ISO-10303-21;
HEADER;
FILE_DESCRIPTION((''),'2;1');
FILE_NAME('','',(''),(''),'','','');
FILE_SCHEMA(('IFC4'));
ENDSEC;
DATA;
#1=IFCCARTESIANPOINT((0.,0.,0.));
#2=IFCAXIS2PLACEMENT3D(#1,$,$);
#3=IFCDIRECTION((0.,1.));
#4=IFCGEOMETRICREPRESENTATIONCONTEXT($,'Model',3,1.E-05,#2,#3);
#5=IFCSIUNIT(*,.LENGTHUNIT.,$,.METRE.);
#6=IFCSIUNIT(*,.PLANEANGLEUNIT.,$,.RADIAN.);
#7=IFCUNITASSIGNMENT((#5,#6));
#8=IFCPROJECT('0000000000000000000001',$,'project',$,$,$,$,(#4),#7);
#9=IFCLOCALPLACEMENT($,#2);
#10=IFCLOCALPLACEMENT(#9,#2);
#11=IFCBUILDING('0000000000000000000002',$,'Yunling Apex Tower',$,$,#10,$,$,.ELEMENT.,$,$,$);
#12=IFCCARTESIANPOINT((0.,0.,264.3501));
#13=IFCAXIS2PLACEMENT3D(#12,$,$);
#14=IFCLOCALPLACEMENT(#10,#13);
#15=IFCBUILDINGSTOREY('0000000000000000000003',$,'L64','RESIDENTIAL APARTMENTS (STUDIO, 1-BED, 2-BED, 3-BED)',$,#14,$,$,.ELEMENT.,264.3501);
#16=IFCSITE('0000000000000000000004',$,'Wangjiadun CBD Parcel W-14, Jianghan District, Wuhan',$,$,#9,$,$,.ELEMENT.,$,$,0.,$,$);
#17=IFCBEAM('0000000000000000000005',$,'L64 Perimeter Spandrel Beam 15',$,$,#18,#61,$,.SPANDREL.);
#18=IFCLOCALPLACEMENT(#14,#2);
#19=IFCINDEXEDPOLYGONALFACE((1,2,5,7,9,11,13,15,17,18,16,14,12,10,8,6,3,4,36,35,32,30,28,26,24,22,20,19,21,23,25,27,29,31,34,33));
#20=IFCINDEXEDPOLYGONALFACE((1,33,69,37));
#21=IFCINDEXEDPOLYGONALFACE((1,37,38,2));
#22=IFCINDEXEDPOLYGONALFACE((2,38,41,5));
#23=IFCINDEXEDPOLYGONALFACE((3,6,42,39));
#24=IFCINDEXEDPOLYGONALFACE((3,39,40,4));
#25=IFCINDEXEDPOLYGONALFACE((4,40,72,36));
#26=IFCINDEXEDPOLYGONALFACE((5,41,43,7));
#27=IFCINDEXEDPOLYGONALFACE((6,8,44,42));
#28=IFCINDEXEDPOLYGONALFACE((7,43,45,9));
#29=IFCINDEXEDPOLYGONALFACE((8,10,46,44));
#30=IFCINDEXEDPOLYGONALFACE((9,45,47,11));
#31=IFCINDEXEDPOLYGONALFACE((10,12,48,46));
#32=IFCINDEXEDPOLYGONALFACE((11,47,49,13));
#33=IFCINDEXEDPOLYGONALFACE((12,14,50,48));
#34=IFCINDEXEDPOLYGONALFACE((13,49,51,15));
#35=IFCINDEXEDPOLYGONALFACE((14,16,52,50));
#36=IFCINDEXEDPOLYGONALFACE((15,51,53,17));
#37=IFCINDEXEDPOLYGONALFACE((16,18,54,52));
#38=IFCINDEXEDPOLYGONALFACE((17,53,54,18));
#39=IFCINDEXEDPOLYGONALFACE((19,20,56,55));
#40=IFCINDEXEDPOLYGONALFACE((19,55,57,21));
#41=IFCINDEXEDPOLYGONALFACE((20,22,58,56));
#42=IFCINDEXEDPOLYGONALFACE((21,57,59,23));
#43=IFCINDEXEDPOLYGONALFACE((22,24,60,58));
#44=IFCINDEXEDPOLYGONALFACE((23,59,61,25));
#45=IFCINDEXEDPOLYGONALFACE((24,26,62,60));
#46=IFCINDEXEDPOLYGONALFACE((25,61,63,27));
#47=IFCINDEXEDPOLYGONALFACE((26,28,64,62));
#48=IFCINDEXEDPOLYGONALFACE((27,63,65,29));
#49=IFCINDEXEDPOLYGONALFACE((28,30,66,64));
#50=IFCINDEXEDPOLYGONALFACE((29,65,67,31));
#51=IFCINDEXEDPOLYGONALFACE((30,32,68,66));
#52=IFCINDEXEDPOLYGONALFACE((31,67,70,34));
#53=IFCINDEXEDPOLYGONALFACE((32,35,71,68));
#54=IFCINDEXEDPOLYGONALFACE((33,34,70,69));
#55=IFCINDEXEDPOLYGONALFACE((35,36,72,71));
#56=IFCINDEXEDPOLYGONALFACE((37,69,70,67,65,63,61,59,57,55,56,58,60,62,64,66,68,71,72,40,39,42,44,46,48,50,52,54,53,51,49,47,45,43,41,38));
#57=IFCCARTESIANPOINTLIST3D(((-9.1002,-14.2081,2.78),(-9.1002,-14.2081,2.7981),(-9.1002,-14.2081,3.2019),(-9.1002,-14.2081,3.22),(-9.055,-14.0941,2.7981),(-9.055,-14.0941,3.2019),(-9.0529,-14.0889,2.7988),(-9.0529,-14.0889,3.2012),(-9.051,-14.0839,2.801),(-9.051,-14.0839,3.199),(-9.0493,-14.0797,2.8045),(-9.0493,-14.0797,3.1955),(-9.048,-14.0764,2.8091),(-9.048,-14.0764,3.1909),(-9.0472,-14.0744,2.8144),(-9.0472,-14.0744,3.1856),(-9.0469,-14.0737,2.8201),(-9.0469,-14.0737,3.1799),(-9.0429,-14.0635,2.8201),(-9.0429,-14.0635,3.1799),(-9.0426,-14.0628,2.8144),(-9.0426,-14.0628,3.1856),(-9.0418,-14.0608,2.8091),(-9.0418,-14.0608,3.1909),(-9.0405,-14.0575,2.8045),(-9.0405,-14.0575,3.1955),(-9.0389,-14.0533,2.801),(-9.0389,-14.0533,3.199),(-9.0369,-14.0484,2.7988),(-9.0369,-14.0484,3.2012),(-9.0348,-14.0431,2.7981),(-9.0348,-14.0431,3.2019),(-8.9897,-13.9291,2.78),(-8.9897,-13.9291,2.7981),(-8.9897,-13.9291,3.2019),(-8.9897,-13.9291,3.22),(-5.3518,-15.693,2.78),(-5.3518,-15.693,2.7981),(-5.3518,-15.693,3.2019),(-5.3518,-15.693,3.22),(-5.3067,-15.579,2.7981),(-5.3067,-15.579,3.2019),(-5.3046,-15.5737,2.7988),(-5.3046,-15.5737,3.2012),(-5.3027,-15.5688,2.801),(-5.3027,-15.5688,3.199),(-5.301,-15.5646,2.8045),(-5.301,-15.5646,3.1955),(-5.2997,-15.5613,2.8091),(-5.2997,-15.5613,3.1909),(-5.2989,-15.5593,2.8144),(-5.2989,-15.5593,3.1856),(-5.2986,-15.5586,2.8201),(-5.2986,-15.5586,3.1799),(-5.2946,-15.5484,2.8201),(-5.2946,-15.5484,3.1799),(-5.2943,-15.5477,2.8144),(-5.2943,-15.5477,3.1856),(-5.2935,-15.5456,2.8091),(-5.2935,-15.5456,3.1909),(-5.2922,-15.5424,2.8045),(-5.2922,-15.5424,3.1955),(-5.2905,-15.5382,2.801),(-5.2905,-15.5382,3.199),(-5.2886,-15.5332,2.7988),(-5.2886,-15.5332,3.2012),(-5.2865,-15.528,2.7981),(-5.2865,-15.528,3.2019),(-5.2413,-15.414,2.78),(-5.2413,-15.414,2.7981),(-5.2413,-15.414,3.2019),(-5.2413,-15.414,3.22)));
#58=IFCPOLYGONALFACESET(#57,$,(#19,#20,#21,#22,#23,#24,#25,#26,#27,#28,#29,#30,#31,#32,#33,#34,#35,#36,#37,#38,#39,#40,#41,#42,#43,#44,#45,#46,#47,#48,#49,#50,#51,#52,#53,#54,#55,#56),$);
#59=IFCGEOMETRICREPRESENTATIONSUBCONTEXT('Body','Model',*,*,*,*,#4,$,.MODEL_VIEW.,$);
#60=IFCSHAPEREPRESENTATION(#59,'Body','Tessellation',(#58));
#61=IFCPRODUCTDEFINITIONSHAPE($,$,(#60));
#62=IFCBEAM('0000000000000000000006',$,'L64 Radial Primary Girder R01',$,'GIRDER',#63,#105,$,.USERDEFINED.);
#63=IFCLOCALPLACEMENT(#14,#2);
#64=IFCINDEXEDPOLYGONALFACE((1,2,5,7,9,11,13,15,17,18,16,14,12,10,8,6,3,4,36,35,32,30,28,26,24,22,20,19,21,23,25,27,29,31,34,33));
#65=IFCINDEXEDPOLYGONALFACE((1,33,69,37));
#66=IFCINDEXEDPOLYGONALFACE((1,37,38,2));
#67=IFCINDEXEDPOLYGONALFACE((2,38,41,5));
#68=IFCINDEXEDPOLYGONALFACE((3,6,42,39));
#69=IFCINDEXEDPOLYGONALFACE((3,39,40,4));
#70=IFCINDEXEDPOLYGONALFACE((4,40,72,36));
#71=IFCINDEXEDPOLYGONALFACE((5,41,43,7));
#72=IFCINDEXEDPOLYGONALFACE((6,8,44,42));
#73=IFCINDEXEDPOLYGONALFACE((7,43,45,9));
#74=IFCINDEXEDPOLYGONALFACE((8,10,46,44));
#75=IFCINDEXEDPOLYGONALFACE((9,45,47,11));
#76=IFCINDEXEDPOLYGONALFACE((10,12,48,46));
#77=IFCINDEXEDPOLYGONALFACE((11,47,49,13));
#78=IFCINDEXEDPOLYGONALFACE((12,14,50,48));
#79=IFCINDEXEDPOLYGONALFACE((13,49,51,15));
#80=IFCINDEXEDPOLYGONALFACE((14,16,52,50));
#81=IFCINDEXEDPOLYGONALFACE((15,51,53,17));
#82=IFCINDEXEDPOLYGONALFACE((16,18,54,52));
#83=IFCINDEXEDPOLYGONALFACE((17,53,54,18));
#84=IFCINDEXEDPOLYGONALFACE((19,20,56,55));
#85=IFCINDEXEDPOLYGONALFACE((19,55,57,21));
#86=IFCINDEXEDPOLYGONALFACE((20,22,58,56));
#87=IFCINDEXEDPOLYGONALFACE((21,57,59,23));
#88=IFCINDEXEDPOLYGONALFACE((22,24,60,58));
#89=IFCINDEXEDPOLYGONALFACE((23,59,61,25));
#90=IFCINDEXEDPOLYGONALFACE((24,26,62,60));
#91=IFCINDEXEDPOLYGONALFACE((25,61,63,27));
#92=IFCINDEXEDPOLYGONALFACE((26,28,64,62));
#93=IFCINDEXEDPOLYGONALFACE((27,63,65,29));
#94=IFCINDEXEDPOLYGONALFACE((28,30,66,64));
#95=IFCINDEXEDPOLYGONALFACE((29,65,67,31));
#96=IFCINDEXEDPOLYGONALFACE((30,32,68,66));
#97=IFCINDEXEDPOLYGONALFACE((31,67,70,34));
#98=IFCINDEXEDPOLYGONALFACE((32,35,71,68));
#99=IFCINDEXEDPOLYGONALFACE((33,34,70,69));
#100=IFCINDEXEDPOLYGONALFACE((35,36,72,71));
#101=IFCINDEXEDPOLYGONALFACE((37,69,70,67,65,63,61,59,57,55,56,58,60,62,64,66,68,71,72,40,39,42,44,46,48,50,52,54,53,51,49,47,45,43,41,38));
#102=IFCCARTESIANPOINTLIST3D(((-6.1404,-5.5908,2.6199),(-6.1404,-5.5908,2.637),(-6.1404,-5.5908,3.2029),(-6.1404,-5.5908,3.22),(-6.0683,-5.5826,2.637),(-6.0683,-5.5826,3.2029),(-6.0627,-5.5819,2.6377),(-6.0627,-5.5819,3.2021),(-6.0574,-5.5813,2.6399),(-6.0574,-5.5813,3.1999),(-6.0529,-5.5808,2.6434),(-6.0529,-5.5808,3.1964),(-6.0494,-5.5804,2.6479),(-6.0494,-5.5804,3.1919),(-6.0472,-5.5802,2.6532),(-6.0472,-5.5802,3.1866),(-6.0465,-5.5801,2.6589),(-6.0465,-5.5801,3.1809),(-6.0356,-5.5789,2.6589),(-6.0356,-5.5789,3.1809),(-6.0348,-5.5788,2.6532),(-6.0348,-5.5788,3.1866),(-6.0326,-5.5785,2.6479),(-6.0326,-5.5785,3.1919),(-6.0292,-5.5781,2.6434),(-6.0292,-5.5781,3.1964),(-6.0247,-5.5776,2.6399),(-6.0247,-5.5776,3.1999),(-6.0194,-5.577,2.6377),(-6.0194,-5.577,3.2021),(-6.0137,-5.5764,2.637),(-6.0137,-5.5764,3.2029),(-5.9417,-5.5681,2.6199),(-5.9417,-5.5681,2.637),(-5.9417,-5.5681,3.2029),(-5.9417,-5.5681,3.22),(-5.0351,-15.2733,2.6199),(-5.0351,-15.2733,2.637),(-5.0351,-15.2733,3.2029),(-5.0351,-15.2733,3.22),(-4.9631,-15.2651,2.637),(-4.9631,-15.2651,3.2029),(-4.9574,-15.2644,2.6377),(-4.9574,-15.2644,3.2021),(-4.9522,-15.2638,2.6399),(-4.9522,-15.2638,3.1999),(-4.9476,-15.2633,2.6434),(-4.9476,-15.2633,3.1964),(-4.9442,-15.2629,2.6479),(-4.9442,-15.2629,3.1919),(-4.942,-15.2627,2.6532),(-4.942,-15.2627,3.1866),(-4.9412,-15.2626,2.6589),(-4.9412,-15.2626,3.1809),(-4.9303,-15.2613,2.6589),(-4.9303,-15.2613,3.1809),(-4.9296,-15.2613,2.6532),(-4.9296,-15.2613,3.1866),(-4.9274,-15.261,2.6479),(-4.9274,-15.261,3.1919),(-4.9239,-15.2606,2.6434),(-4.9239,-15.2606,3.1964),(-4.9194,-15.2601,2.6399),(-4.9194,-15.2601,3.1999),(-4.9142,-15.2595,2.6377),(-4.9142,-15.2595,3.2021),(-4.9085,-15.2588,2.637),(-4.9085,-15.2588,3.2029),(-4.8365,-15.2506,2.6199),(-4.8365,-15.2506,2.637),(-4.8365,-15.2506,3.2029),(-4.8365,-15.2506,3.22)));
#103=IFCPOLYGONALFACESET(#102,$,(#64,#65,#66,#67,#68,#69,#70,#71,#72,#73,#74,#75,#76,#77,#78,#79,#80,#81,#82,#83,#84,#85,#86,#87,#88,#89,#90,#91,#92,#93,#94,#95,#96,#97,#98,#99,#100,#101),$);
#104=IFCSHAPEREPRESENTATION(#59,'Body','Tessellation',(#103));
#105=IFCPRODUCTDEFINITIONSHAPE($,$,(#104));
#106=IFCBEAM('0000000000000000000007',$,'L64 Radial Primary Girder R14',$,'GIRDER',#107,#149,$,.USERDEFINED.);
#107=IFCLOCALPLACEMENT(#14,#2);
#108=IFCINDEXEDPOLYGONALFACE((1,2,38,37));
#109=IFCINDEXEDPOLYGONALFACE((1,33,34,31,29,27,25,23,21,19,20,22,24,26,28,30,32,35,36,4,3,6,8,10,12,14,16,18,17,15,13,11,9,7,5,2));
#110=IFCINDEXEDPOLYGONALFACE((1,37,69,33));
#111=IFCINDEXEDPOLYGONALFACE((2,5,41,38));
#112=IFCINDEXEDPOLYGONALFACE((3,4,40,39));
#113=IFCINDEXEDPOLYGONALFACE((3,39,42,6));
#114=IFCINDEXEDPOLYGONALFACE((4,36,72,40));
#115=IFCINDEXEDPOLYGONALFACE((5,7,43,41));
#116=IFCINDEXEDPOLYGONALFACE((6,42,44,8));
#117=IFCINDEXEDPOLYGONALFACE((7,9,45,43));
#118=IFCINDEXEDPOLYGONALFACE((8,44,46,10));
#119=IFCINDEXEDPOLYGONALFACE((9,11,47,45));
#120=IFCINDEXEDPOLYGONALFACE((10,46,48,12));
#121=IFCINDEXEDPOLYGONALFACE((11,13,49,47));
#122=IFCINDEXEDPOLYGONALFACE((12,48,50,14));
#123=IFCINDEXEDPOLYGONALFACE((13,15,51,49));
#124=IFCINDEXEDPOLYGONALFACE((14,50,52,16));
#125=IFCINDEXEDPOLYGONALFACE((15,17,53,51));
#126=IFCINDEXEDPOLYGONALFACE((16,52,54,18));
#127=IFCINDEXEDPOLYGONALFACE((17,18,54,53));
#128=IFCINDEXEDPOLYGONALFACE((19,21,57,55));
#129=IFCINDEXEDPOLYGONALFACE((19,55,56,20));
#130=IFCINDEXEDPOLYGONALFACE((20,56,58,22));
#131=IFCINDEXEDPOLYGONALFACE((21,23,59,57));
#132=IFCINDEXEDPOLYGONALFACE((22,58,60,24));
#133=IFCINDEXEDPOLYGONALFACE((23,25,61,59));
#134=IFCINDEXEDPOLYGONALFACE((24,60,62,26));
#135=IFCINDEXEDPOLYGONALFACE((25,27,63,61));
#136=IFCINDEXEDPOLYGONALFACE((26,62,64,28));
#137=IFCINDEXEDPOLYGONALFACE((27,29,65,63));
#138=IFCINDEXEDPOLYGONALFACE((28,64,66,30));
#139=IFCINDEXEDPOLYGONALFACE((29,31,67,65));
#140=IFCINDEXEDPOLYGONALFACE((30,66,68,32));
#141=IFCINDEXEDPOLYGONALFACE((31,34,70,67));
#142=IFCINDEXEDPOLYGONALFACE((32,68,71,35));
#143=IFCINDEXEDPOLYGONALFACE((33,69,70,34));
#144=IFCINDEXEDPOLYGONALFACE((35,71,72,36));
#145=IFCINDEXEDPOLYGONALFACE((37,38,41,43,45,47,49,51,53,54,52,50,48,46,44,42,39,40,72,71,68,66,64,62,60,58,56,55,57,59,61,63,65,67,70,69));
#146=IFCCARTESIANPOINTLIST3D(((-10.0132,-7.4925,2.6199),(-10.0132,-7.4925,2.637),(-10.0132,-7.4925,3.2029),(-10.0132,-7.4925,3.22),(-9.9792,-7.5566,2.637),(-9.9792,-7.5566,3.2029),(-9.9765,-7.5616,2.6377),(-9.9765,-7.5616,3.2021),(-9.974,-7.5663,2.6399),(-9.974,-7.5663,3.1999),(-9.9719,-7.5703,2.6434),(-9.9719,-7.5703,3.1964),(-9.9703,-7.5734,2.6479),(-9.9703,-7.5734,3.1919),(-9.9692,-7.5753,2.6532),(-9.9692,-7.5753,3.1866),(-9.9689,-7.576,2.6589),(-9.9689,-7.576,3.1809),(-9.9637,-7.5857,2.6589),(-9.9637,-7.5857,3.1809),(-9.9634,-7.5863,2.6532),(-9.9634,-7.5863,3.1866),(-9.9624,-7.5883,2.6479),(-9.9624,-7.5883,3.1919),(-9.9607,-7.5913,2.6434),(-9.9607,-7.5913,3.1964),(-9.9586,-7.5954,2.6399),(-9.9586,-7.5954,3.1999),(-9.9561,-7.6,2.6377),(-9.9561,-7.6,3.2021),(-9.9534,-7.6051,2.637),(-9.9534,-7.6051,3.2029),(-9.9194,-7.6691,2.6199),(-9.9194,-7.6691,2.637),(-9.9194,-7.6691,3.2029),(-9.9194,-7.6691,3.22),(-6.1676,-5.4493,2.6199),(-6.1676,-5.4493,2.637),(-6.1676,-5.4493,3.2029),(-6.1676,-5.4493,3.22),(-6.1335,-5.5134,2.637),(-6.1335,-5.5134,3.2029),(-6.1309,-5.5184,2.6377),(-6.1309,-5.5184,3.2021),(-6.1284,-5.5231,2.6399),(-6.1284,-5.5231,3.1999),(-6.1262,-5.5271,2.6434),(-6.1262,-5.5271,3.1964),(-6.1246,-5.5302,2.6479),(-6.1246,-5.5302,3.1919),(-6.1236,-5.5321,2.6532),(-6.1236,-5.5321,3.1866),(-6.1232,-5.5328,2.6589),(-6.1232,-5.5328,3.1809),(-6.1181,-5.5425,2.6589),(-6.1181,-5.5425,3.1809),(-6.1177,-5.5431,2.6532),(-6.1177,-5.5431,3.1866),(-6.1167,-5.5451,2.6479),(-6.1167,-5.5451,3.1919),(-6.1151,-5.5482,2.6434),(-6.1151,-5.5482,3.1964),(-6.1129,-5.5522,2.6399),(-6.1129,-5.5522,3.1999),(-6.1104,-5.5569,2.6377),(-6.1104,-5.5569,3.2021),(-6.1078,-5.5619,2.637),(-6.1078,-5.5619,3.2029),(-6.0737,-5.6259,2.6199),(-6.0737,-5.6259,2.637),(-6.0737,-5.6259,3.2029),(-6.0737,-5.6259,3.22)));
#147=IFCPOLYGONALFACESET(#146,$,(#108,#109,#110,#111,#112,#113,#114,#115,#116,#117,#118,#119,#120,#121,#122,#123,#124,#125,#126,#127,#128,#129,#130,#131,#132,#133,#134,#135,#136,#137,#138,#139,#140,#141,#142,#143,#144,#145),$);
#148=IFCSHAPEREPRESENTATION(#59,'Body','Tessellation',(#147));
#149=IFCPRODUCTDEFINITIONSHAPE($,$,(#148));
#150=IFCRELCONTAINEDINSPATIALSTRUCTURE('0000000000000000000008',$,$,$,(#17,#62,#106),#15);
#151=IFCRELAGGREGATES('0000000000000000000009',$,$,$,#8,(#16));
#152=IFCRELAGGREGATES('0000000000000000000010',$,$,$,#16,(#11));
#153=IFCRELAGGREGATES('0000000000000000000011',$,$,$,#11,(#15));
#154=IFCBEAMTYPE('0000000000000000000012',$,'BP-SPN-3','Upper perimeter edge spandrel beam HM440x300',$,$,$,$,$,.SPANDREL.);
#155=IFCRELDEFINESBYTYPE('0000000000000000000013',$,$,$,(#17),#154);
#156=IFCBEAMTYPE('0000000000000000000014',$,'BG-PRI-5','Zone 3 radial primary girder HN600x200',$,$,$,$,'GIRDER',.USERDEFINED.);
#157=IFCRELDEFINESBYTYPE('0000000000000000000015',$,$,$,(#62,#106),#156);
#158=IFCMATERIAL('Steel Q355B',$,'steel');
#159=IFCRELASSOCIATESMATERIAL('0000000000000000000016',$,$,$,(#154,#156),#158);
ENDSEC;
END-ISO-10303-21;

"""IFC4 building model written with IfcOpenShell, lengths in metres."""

from ifc_helpers import new_model, si_unit, direction, frame, origin, origin_2d, place, context, subcontext, project, spatial, i_section, extrude, source, transform, mapped, material, material_profile, profile_set, type_object, element, save


model = new_model("IFC4")

# Units and contexts
model_context = context("Model", 3, precision=1e-05, world=origin(), true_north=direction((0.0, 1.0)))
body_context = subcontext(model_context, "Body", "Model", "MODEL_VIEW")
ifc_project = project(units=[si_unit("LENGTHUNIT", "METRE"), si_unit("PLANEANGLEUNIT", "RADIAN")], contexts=[model_context])

# Site, building, storey
site_placement = place(None, origin())
site = spatial("IfcSite", under=ifc_project, at=site_placement, Name="Wangjiadun CBD Parcel W-14, Jianghan District, Wuhan", CompositionType="ELEMENT", RefElevation=0.0)
building_placement = place(site_placement, origin())
building = spatial("IfcBuilding", under=site, at=building_placement, Name="Yunling Apex Tower", CompositionType="ELEMENT")
storey_placement = place(building_placement, frame((0.0, 0.0, 264.3501)))
storey = spatial("IfcBuildingStorey", under=building, at=storey_placement, Name="L64", Description="RESIDENTIAL APARTMENTS (STUDIO, 1-BED, 2-BED, 3-BED)", CompositionType="ELEMENT", Elevation=264.3501)

# Shared definitions
ifc_material_1 = material(Name="Steel Q355B", Category="steel")

# Beams
ifc_material_profile_1 = material_profile(ifc_material_1, i_section(OverallWidth=0.3, OverallDepth=0.4399, WebThickness=0.011, FlangeThickness=0.0181, FilletRadius=0.022, at=origin_2d()))
ifc_profile_set_1 = profile_set([ifc_material_profile_1], Name="Steel Q355B")
beam_type_1 = type_object("IfcBeamType", Name="BP-SPN-3", Description="Upper perimeter edge spandrel beam HM440x300", PredefinedType="SPANDREL", material=ifc_profile_set_1)
shared_shape_1 = source(origin(), body_context, "Body", "SweptSolid", [
    extrude(i_section(OverallWidth=0.3, OverallDepth=0.4399, WebThickness=0.011, FlangeThickness=0.0181, FilletRadius=0.022, at=origin_2d()), origin(), (0.0, 0.0, 1.0), 4.0317),
])
beam_1_placement = place(storey_placement, frame((-9.0449, -14.0686, 3.0), z_axis=(0.929708, -0.368298, 0.0), x_axis=(0.368298, 0.929708, 0.0)))
element("IfcBeam", 1, at=beam_1_placement, inside=storey, type_object=beam_type_1, Name="L64 Perimeter Spandrel Beam 15", PredefinedType="SPANDREL", context=body_context, shape_type="MappedRepresentation", body=[
    mapped(shared_shape_1, transform((0.0, 0.0, 0.0), scale=1.0)),
])
ifc_material_profile_2 = material_profile(ifc_material_1, i_section(OverallWidth=0.2, OverallDepth=0.6001, WebThickness=0.011, FlangeThickness=0.0171, FilletRadius=0.022, at=origin_2d()))
ifc_profile_set_2 = profile_set([ifc_material_profile_2], Name="Steel Q355B")
beam_type_2 = type_object("IfcBeamType", Name="BG-PRI-5", Description="Zone 3 radial primary girder HN600x200", ElementType="GIRDER", PredefinedType="USERDEFINED", material=ifc_profile_set_2)
shared_shape_2 = source(origin(), body_context, "Body", "SweptSolid", [
    extrude(i_section(OverallWidth=0.2, OverallDepth=0.6001, WebThickness=0.011, FlangeThickness=0.0171, FilletRadius=0.022, at=origin_2d()), origin(), (0.0, 0.0, 1.0), 9.7454),
])
beam_2_placement = place(storey_placement, frame((-4.9358, -15.262, 2.9199), z_axis=(-0.113412, 0.993548, 0.0), x_axis=(-0.993548, -0.113412, 0.0)))
element("IfcBeam", 2, at=beam_2_placement, inside=storey, type_object=beam_type_2, Name="L64 Radial Primary Girder R01", ObjectType="GIRDER", PredefinedType="USERDEFINED", context=body_context, shape_type="MappedRepresentation", body=[
    mapped(shared_shape_2, transform((0.0, 0.0, 0.0), scale=1.0)),
])
shared_shape_3 = source(origin(), body_context, "Body", "SweptSolid", [
    extrude(i_section(OverallWidth=0.2, OverallDepth=0.6001, WebThickness=0.011, FlangeThickness=0.0171, FilletRadius=0.022, at=origin_2d()), origin(), (0.0, 0.0, 1.0), 4.3547),
])
beam_3_placement = place(storey_placement, frame((-9.9663, -7.5808, 2.9199), z_axis=(0.883098, 0.469188, 0.0), x_axis=(-0.469188, 0.883098, 0.0)))
element("IfcBeam", 3, at=beam_3_placement, inside=storey, type_object=beam_type_2, Name="L64 Radial Primary Girder R14", ObjectType="GIRDER", PredefinedType="USERDEFINED", context=body_context, shape_type="MappedRepresentation", body=[
    mapped(shared_shape_3, transform((0.0, 0.0, 0.0), scale=1.0)),
])

save(model, "model.ifc")
